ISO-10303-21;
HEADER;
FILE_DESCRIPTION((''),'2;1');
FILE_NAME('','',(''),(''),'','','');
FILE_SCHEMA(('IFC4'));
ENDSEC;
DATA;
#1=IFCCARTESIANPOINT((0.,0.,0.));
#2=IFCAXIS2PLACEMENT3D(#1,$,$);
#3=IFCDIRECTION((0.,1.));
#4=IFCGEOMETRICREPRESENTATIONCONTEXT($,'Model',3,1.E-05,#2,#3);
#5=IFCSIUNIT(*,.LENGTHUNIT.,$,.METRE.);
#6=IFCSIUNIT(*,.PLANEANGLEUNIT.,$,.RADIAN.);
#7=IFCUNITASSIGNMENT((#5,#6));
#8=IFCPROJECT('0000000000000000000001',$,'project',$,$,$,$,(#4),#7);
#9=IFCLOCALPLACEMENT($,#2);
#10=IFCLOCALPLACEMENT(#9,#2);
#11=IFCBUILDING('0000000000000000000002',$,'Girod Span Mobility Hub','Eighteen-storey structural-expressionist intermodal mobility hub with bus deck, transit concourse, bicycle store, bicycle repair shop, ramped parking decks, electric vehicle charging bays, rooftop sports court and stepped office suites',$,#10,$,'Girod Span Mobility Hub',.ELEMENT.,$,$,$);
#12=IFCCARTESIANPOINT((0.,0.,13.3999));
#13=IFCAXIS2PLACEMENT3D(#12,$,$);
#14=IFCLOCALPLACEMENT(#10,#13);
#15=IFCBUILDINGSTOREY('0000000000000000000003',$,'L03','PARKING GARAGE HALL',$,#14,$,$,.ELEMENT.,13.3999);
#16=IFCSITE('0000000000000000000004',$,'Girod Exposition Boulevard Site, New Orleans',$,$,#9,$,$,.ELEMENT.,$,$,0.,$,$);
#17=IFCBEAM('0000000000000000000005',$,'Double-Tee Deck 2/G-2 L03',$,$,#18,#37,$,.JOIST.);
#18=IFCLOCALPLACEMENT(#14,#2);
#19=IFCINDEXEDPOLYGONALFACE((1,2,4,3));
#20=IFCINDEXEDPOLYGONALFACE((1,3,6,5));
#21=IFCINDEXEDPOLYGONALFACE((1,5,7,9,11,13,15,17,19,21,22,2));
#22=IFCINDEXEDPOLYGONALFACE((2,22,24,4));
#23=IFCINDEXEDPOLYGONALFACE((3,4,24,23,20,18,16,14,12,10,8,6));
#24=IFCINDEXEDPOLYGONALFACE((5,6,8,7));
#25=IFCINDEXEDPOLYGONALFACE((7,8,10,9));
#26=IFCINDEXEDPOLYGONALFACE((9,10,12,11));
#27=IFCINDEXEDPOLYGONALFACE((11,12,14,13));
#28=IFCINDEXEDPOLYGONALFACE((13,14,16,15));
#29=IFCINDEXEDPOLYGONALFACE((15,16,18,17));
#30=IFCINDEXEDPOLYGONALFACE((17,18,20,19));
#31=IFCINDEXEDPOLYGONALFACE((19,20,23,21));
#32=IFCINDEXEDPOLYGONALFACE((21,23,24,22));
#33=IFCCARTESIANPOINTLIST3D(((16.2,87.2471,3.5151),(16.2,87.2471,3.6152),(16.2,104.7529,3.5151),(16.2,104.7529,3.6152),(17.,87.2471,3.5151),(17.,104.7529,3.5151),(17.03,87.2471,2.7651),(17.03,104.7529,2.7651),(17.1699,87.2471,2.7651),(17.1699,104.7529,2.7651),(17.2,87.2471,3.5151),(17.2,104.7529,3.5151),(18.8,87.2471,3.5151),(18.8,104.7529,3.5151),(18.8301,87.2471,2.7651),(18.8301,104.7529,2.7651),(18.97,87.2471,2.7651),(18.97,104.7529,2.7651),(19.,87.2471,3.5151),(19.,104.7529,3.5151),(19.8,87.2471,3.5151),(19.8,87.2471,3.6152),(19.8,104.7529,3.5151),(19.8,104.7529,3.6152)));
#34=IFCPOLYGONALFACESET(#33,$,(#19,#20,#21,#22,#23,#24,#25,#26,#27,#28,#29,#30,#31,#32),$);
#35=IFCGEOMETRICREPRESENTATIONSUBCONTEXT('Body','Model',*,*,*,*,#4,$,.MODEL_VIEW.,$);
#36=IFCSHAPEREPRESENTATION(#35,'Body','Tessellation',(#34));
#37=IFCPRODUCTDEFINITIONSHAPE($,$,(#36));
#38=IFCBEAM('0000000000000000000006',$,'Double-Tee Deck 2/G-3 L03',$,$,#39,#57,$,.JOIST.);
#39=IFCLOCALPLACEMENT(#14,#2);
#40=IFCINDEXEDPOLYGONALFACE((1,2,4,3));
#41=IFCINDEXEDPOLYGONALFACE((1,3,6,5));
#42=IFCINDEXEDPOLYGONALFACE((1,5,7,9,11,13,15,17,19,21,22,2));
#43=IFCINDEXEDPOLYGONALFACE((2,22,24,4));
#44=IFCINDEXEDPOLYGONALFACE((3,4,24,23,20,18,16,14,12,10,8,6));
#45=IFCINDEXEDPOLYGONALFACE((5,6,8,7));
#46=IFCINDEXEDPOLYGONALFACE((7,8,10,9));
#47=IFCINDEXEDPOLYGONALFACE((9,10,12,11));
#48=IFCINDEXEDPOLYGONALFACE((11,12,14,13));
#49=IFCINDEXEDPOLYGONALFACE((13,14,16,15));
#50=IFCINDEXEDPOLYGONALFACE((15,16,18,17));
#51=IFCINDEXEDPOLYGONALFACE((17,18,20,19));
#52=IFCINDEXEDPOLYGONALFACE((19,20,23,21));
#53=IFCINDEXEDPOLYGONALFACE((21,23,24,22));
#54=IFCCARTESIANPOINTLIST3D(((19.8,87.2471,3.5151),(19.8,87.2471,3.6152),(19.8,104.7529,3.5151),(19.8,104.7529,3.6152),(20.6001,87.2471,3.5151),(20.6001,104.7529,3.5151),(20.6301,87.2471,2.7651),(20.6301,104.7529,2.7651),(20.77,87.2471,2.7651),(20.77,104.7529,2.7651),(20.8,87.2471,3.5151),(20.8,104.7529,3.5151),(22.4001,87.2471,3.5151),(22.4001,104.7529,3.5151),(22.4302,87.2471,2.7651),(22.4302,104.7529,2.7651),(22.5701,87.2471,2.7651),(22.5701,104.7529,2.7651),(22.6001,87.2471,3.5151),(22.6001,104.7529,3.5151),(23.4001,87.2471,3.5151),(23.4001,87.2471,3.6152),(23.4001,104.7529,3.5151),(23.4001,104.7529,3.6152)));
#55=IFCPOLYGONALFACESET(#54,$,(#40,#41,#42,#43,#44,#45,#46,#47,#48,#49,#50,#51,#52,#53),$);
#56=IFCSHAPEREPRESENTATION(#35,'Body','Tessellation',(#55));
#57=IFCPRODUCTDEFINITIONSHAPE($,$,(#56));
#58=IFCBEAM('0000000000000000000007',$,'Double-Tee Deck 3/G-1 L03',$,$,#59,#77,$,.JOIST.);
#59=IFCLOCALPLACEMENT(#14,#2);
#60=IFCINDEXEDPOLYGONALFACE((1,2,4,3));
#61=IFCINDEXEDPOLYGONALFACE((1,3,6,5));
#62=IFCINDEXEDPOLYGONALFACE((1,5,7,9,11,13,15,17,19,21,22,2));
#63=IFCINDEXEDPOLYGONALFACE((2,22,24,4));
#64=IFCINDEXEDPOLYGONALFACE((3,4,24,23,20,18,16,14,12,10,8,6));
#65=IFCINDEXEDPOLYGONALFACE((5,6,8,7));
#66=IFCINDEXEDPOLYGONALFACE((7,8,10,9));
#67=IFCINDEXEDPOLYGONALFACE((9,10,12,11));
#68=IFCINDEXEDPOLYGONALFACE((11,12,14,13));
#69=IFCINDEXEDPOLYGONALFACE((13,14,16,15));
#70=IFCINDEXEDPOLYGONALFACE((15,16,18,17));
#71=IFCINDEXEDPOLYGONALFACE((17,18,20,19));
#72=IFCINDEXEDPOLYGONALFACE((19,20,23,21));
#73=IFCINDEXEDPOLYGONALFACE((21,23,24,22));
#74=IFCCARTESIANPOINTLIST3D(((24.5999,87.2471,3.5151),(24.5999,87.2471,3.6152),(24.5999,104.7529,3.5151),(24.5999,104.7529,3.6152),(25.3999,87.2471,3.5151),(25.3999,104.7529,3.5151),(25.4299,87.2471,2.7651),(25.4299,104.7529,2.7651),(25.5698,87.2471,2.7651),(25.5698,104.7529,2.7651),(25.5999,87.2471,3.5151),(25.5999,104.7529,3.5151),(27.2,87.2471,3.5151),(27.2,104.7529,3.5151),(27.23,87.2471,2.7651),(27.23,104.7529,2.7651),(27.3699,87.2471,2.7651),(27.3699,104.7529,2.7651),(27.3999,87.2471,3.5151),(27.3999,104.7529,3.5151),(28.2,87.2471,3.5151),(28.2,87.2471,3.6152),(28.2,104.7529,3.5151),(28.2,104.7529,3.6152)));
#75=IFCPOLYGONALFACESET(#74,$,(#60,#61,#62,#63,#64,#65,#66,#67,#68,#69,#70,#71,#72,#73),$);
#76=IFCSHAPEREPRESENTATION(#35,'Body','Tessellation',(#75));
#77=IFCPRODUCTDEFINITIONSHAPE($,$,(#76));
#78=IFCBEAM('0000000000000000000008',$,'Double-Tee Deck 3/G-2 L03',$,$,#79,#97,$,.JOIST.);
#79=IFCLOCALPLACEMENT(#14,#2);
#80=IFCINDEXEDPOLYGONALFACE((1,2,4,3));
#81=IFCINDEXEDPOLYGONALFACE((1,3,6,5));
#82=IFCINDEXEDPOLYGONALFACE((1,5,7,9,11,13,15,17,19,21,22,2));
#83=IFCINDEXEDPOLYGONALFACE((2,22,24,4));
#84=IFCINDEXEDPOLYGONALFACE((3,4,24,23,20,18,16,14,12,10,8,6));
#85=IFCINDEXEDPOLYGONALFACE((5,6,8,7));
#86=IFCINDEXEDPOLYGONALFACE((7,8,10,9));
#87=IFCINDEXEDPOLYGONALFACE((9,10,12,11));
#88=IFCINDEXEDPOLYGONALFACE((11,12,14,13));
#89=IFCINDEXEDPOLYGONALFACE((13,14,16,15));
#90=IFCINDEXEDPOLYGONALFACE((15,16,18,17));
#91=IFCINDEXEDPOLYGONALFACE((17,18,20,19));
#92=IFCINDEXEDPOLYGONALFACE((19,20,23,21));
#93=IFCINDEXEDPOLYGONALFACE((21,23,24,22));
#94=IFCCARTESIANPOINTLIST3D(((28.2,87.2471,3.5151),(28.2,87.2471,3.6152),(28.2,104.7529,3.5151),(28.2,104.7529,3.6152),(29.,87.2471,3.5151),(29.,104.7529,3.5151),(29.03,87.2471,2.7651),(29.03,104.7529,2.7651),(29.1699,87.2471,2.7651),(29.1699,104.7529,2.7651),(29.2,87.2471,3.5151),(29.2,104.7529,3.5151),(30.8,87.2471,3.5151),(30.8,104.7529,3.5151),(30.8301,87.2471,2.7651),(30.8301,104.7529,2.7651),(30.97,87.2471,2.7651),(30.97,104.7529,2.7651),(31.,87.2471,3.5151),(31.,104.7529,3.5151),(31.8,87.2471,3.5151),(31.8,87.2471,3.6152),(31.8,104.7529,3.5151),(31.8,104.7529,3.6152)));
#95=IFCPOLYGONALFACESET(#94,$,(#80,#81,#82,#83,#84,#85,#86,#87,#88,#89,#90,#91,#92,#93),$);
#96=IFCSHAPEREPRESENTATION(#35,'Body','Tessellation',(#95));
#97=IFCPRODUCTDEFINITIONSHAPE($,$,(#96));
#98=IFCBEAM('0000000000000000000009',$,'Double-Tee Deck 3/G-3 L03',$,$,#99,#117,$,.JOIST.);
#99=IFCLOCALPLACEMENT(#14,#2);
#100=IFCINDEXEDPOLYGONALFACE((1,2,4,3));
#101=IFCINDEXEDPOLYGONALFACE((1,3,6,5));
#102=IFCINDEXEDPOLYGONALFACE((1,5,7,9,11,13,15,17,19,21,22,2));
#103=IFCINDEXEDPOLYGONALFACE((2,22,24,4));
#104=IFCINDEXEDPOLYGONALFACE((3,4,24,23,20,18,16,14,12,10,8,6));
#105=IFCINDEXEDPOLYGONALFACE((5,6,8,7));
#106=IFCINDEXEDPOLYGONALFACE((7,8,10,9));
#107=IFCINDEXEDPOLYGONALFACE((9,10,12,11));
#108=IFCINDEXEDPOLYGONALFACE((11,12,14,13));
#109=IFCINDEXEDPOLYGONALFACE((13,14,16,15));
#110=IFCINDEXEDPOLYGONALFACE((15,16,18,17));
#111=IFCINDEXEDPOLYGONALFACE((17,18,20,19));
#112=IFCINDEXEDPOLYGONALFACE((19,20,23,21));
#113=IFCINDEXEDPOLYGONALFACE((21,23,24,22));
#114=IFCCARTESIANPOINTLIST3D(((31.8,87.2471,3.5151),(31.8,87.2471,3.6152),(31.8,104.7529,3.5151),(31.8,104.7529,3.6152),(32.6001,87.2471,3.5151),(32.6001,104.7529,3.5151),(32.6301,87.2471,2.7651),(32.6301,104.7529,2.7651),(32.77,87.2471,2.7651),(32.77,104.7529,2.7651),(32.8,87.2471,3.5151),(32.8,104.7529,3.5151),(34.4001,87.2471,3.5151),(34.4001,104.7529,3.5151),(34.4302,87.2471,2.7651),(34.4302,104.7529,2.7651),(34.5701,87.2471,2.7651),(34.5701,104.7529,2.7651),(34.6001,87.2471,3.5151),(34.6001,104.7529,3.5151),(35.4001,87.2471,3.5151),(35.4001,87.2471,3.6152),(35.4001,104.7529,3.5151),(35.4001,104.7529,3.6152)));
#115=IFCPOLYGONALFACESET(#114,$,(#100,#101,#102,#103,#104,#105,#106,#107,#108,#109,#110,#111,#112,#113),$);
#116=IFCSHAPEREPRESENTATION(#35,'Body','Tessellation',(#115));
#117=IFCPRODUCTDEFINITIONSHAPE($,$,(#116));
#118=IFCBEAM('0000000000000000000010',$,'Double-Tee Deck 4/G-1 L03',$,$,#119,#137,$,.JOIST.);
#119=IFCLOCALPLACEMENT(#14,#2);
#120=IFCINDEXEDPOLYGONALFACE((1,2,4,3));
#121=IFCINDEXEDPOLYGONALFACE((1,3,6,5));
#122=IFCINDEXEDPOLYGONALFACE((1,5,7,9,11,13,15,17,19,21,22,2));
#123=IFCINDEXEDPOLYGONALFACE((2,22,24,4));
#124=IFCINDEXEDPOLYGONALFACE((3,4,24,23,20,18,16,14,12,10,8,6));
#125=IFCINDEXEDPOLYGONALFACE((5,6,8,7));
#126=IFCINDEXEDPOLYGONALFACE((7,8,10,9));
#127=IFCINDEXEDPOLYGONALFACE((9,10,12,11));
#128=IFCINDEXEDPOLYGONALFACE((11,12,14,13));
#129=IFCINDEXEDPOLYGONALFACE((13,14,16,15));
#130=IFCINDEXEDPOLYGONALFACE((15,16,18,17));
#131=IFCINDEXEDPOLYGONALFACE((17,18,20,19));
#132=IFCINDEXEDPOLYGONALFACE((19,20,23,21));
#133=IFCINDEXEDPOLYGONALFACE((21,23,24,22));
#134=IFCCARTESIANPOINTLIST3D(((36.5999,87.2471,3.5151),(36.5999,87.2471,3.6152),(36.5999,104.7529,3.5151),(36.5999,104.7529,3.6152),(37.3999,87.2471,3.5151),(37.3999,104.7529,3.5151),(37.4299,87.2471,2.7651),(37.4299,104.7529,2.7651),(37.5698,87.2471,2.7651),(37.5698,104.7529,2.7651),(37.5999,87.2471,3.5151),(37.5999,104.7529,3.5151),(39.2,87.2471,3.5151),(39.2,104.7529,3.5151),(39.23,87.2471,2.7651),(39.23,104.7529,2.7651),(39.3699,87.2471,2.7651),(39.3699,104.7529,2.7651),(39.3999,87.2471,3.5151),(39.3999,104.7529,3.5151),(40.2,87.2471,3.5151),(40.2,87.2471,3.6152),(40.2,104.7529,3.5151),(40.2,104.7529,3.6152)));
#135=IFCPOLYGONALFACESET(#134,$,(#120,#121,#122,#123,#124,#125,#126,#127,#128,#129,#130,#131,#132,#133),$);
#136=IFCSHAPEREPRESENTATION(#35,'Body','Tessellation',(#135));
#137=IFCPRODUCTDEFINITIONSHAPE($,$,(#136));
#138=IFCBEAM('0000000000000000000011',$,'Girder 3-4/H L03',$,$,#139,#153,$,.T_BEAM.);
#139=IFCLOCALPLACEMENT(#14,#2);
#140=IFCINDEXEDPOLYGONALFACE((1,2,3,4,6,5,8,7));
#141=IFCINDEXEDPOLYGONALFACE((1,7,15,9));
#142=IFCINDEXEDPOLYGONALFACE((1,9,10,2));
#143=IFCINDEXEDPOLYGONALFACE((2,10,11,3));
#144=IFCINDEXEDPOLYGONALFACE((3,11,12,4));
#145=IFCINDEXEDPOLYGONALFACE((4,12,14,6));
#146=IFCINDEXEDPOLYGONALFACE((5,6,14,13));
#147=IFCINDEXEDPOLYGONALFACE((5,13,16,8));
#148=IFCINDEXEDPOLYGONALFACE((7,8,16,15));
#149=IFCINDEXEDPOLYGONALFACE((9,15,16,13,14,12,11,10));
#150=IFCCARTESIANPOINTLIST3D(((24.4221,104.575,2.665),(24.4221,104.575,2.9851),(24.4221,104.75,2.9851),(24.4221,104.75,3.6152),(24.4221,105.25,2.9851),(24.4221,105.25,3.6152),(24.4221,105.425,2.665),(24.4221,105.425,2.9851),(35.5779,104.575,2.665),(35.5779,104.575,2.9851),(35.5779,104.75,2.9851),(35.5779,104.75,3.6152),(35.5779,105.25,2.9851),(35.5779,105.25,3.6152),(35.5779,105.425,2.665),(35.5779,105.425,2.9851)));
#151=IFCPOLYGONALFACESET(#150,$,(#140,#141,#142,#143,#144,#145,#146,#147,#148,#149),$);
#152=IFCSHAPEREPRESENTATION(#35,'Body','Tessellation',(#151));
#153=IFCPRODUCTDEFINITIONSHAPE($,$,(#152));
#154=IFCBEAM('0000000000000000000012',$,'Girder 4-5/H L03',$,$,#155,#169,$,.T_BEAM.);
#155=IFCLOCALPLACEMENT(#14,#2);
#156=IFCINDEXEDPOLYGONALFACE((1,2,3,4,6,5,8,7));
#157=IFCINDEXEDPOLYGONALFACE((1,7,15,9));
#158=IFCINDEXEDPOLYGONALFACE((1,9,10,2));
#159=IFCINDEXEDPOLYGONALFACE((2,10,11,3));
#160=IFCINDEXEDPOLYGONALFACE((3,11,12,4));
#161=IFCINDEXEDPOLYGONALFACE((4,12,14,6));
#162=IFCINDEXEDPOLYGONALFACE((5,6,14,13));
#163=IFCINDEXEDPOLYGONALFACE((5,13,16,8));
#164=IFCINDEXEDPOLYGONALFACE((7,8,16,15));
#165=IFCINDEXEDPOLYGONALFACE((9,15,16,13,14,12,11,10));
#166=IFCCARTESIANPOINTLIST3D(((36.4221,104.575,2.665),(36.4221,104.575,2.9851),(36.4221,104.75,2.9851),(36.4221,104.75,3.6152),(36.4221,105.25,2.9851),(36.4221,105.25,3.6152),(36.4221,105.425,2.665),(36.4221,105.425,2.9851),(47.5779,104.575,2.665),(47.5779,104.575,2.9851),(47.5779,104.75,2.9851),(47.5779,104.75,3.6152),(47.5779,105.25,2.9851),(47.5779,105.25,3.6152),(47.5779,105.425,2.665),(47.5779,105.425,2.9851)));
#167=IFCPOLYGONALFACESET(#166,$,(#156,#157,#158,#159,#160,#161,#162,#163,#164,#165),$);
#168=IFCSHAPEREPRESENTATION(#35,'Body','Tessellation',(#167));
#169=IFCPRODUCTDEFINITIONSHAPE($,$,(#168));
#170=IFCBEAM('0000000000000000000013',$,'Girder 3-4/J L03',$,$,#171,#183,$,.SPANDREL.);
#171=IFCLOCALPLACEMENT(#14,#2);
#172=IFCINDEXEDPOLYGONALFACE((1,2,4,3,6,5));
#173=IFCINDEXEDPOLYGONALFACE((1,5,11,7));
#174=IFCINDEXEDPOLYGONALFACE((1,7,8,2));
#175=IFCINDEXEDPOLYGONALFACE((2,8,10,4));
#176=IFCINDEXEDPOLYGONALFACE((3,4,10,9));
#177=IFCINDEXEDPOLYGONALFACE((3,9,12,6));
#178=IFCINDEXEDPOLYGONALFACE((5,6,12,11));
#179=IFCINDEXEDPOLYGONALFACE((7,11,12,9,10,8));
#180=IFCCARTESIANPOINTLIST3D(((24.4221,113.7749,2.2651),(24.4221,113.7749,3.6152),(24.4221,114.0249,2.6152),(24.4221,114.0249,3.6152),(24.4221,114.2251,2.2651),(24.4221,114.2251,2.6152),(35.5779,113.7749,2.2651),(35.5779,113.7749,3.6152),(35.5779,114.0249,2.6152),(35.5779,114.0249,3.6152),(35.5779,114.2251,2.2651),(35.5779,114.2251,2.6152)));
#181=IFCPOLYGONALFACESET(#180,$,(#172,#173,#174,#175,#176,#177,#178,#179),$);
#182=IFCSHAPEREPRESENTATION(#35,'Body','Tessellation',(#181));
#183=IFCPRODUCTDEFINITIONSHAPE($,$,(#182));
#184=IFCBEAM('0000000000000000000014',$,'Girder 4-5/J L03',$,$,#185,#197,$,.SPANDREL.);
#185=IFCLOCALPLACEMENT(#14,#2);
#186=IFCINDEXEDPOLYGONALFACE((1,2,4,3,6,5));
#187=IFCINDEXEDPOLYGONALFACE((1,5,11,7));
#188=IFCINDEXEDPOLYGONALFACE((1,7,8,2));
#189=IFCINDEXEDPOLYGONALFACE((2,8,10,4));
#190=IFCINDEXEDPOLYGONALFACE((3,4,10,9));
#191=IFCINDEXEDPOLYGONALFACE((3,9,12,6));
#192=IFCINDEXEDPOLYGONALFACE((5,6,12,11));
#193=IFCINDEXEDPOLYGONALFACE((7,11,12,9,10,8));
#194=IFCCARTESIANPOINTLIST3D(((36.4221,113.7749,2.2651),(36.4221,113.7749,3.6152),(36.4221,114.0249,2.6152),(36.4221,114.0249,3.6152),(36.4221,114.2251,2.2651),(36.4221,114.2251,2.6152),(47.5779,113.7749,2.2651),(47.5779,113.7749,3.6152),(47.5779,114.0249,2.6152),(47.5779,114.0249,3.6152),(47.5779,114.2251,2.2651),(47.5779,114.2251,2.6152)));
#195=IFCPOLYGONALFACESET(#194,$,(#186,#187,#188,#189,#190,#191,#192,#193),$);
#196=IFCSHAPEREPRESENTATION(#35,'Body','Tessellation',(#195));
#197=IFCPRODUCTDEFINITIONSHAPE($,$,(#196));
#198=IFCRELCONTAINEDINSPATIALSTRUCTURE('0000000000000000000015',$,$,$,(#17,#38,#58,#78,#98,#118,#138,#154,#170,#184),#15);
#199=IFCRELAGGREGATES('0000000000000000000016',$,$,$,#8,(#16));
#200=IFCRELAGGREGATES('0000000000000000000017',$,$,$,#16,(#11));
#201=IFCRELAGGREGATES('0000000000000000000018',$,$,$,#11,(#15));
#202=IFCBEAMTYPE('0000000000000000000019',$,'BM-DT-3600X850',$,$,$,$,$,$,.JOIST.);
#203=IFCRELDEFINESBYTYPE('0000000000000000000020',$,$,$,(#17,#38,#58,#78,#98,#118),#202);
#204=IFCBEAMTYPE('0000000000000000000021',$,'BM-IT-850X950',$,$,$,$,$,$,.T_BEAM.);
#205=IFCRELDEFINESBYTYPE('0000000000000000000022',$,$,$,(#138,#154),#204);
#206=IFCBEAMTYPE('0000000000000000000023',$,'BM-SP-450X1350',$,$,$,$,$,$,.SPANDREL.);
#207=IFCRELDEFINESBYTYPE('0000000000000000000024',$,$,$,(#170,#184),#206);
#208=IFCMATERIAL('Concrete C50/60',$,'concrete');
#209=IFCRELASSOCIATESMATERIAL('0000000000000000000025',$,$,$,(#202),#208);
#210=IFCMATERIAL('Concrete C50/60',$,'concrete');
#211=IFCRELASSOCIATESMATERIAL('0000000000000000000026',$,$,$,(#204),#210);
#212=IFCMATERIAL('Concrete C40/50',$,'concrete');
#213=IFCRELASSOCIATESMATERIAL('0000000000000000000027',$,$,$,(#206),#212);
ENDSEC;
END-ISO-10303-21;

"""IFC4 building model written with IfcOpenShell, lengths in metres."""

from ifc_helpers import new_model, si_unit, direction, frame, origin, place, context, subcontext, project, spatial, polyline, outline, extrude, material, material_profile, profile_set, type_object, element, save


model = new_model("IFC4")

# Units and contexts
model_context = context("Model", 3, precision=1e-05, world=origin(), true_north=direction((0.0, 1.0)))
body_context = subcontext(model_context, "Body", "Model", "MODEL_VIEW")
ifc_project = project(units=[si_unit("LENGTHUNIT", "METRE"), si_unit("PLANEANGLEUNIT", "RADIAN")], contexts=[model_context])

# Site, building, storey
site_placement = place(None, origin())
site = spatial("IfcSite", under=ifc_project, at=site_placement, Name="Girod Exposition Boulevard Site, New Orleans", CompositionType="ELEMENT", RefElevation=0.0)
building_placement = place(site_placement, origin())
building = spatial("IfcBuilding", under=site, at=building_placement, Name="Girod Span Mobility Hub", Description="Eighteen-storey structural-expressionist intermodal mobility hub with bus deck, transit concourse, bicycle store, bicycle repair shop, ramped parking decks, electric vehicle charging bays, rooftop sports court and stepped office suites", LongName="Girod Span Mobility Hub", CompositionType="ELEMENT")
storey_placement = place(building_placement, frame((0.0, 0.0, 13.3999)))
storey = spatial("IfcBuildingStorey", under=building, at=storey_placement, Name="L03", Description="PARKING GARAGE HALL", CompositionType="ELEMENT", Elevation=13.3999)

# Beams
ifc_material_1 = material(Name="Concrete C50/60", Category="concrete")
ifc_material_profile_1 = material_profile(ifc_material_1, outline(polyline([(-1.8, 0.425), (-1.8, 0.325), (-1.0, 0.325), (-0.97, -0.425), (-0.8301, -0.425), (-0.8, 0.325), (0.8, 0.325), (0.8301, -0.425), (0.97, -0.425), (1.0, 0.325), (1.8, 0.325), (1.8, 0.425), (-1.8, 0.425)])), Name="DT-3600X850")
ifc_profile_set_1 = profile_set([ifc_material_profile_1], Name="Concrete C50/60")
beam_type_1 = type_object("IfcBeamType", Name="BM-DT-3600X850", PredefinedType="JOIST", material=ifc_profile_set_1)
for number, where, z_axis, x_axis, name in (
    (1, (18.0, 87.2471, 3.1902), (0.0, 1.0, 0.0), (-1.0, 0.0, 0.0), "Double-Tee Deck 2/G-2 L03"),
    (2, (21.6001, 87.2471, 3.1902), (0.0, 1.0, 0.0), (-1.0, 0.0, 0.0), "Double-Tee Deck 2/G-3 L03"),
    (3, (26.3999, 87.2471, 3.1902), (0.0, 1.0, 0.0), (-1.0, 0.0, 0.0), "Double-Tee Deck 3/G-1 L03"),
    (4, (30.0, 87.2471, 3.1902), (0.0, 1.0, 0.0), (-1.0, 0.0, 0.0), "Double-Tee Deck 3/G-2 L03"),
    (5, (33.6001, 87.2471, 3.1902), (0.0, 1.0, 0.0), (-1.0, 0.0, 0.0), "Double-Tee Deck 3/G-3 L03"),
    (6, (38.3999, 87.2471, 3.1902), (0.0, 1.0, 0.0), (-1.0, 0.0, 0.0), "Double-Tee Deck 4/G-1 L03"),
):
    element("IfcBeam", number, at=place(storey_placement, frame(where, z_axis=z_axis, x_axis=x_axis)), inside=storey, type_object=beam_type_1, Name=name, PredefinedType="JOIST", context=body_context, shape_type="SweptSolid", body=[
        extrude(outline(polyline([(-1.8, 0.425), (-1.8, 0.325), (-1.0, 0.325), (-0.97, -0.425), (-0.8301, -0.425), (-0.8, 0.325), (0.8, 0.325), (0.8301, -0.425), (0.97, -0.425), (1.0, 0.325), (1.8, 0.325), (1.8, 0.425), (-1.8, 0.425)])), origin(), (0.0, 0.0, 1.0), 17.5059),
    ])
ifc_material_2 = material(Name="Concrete C50/60", Category="concrete")
ifc_material_profile_2 = material_profile(ifc_material_2, outline(polyline([(-0.425, -0.4751), (0.425, -0.4751), (0.425, -0.155), (0.25, -0.155), (0.25, 0.4751), (-0.25, 0.4751), (-0.25, -0.155), (-0.425, -0.155), (-0.425, -0.4751)])), Name="IT-850X950")
ifc_profile_set_2 = profile_set([ifc_material_profile_2], Name="Concrete C50/60")
beam_type_2 = type_object("IfcBeamType", Name="BM-IT-850X950", PredefinedType="T_BEAM", material=ifc_profile_set_2)
for number, where, z_axis, x_axis, name in (
    (7, (24.4221, 105.0, 3.1401), (1.0, 0.0, 0.0), (0.0, 1.0, 0.0), "Girder 3-4/H L03"),
    (8, (36.4221, 105.0, 3.1401), (1.0, 0.0, 0.0), (0.0, 1.0, 0.0), "Girder 4-5/H L03"),
):
    element("IfcBeam", number, at=place(storey_placement, frame(where, z_axis=z_axis, x_axis=x_axis)), inside=storey, type_object=beam_type_2, Name=name, PredefinedType="T_BEAM", context=body_context, shape_type="SweptSolid", body=[
        extrude(outline(polyline([(-0.425, -0.4751), (0.425, -0.4751), (0.425, -0.155), (0.25, -0.155), (0.25, 0.4751), (-0.25, 0.4751), (-0.25, -0.155), (-0.425, -0.155), (-0.425, -0.4751)])), origin(), (0.0, 0.0, 1.0), 11.1558),
    ])
ifc_material_3 = material(Name="Concrete C40/50", Category="concrete")
ifc_material_profile_3 = material_profile(ifc_material_3, outline(polyline([(-0.2251, -0.675), (0.2251, -0.675), (0.2251, -0.325), (0.0249, -0.325), (0.0249, 0.675), (-0.2251, 0.675), (-0.2251, -0.675)])), Name="SP-450X1350")
ifc_profile_set_3 = profile_set([ifc_material_profile_3], Name="Concrete C40/50")
beam_type_3 = type_object("IfcBeamType", Name="BM-SP-450X1350", PredefinedType="SPANDREL", material=ifc_profile_set_3)
for number, where, z_axis, x_axis, name in (
    (9, (24.4221, 114.0, 2.9402), (1.0, 0.0, 0.0), (0.0, 1.0, 0.0), "Girder 3-4/J L03"),
    (10, (36.4221, 114.0, 2.9402), (1.0, 0.0, 0.0), (0.0, 1.0, 0.0), "Girder 4-5/J L03"),
):
    element("IfcBeam", number, at=place(storey_placement, frame(where, z_axis=z_axis, x_axis=x_axis)), inside=storey, type_object=beam_type_3, Name=name, PredefinedType="SPANDREL", context=body_context, shape_type="SweptSolid", body=[
        extrude(outline(polyline([(-0.2251, -0.675), (0.2251, -0.675), (0.2251, -0.325), (0.0249, -0.325), (0.0249, 0.675), (-0.2251, 0.675), (-0.2251, -0.675)])), origin(), (0.0, 0.0, 1.0), 11.1558),
    ])

save(model, "model.ifc")
